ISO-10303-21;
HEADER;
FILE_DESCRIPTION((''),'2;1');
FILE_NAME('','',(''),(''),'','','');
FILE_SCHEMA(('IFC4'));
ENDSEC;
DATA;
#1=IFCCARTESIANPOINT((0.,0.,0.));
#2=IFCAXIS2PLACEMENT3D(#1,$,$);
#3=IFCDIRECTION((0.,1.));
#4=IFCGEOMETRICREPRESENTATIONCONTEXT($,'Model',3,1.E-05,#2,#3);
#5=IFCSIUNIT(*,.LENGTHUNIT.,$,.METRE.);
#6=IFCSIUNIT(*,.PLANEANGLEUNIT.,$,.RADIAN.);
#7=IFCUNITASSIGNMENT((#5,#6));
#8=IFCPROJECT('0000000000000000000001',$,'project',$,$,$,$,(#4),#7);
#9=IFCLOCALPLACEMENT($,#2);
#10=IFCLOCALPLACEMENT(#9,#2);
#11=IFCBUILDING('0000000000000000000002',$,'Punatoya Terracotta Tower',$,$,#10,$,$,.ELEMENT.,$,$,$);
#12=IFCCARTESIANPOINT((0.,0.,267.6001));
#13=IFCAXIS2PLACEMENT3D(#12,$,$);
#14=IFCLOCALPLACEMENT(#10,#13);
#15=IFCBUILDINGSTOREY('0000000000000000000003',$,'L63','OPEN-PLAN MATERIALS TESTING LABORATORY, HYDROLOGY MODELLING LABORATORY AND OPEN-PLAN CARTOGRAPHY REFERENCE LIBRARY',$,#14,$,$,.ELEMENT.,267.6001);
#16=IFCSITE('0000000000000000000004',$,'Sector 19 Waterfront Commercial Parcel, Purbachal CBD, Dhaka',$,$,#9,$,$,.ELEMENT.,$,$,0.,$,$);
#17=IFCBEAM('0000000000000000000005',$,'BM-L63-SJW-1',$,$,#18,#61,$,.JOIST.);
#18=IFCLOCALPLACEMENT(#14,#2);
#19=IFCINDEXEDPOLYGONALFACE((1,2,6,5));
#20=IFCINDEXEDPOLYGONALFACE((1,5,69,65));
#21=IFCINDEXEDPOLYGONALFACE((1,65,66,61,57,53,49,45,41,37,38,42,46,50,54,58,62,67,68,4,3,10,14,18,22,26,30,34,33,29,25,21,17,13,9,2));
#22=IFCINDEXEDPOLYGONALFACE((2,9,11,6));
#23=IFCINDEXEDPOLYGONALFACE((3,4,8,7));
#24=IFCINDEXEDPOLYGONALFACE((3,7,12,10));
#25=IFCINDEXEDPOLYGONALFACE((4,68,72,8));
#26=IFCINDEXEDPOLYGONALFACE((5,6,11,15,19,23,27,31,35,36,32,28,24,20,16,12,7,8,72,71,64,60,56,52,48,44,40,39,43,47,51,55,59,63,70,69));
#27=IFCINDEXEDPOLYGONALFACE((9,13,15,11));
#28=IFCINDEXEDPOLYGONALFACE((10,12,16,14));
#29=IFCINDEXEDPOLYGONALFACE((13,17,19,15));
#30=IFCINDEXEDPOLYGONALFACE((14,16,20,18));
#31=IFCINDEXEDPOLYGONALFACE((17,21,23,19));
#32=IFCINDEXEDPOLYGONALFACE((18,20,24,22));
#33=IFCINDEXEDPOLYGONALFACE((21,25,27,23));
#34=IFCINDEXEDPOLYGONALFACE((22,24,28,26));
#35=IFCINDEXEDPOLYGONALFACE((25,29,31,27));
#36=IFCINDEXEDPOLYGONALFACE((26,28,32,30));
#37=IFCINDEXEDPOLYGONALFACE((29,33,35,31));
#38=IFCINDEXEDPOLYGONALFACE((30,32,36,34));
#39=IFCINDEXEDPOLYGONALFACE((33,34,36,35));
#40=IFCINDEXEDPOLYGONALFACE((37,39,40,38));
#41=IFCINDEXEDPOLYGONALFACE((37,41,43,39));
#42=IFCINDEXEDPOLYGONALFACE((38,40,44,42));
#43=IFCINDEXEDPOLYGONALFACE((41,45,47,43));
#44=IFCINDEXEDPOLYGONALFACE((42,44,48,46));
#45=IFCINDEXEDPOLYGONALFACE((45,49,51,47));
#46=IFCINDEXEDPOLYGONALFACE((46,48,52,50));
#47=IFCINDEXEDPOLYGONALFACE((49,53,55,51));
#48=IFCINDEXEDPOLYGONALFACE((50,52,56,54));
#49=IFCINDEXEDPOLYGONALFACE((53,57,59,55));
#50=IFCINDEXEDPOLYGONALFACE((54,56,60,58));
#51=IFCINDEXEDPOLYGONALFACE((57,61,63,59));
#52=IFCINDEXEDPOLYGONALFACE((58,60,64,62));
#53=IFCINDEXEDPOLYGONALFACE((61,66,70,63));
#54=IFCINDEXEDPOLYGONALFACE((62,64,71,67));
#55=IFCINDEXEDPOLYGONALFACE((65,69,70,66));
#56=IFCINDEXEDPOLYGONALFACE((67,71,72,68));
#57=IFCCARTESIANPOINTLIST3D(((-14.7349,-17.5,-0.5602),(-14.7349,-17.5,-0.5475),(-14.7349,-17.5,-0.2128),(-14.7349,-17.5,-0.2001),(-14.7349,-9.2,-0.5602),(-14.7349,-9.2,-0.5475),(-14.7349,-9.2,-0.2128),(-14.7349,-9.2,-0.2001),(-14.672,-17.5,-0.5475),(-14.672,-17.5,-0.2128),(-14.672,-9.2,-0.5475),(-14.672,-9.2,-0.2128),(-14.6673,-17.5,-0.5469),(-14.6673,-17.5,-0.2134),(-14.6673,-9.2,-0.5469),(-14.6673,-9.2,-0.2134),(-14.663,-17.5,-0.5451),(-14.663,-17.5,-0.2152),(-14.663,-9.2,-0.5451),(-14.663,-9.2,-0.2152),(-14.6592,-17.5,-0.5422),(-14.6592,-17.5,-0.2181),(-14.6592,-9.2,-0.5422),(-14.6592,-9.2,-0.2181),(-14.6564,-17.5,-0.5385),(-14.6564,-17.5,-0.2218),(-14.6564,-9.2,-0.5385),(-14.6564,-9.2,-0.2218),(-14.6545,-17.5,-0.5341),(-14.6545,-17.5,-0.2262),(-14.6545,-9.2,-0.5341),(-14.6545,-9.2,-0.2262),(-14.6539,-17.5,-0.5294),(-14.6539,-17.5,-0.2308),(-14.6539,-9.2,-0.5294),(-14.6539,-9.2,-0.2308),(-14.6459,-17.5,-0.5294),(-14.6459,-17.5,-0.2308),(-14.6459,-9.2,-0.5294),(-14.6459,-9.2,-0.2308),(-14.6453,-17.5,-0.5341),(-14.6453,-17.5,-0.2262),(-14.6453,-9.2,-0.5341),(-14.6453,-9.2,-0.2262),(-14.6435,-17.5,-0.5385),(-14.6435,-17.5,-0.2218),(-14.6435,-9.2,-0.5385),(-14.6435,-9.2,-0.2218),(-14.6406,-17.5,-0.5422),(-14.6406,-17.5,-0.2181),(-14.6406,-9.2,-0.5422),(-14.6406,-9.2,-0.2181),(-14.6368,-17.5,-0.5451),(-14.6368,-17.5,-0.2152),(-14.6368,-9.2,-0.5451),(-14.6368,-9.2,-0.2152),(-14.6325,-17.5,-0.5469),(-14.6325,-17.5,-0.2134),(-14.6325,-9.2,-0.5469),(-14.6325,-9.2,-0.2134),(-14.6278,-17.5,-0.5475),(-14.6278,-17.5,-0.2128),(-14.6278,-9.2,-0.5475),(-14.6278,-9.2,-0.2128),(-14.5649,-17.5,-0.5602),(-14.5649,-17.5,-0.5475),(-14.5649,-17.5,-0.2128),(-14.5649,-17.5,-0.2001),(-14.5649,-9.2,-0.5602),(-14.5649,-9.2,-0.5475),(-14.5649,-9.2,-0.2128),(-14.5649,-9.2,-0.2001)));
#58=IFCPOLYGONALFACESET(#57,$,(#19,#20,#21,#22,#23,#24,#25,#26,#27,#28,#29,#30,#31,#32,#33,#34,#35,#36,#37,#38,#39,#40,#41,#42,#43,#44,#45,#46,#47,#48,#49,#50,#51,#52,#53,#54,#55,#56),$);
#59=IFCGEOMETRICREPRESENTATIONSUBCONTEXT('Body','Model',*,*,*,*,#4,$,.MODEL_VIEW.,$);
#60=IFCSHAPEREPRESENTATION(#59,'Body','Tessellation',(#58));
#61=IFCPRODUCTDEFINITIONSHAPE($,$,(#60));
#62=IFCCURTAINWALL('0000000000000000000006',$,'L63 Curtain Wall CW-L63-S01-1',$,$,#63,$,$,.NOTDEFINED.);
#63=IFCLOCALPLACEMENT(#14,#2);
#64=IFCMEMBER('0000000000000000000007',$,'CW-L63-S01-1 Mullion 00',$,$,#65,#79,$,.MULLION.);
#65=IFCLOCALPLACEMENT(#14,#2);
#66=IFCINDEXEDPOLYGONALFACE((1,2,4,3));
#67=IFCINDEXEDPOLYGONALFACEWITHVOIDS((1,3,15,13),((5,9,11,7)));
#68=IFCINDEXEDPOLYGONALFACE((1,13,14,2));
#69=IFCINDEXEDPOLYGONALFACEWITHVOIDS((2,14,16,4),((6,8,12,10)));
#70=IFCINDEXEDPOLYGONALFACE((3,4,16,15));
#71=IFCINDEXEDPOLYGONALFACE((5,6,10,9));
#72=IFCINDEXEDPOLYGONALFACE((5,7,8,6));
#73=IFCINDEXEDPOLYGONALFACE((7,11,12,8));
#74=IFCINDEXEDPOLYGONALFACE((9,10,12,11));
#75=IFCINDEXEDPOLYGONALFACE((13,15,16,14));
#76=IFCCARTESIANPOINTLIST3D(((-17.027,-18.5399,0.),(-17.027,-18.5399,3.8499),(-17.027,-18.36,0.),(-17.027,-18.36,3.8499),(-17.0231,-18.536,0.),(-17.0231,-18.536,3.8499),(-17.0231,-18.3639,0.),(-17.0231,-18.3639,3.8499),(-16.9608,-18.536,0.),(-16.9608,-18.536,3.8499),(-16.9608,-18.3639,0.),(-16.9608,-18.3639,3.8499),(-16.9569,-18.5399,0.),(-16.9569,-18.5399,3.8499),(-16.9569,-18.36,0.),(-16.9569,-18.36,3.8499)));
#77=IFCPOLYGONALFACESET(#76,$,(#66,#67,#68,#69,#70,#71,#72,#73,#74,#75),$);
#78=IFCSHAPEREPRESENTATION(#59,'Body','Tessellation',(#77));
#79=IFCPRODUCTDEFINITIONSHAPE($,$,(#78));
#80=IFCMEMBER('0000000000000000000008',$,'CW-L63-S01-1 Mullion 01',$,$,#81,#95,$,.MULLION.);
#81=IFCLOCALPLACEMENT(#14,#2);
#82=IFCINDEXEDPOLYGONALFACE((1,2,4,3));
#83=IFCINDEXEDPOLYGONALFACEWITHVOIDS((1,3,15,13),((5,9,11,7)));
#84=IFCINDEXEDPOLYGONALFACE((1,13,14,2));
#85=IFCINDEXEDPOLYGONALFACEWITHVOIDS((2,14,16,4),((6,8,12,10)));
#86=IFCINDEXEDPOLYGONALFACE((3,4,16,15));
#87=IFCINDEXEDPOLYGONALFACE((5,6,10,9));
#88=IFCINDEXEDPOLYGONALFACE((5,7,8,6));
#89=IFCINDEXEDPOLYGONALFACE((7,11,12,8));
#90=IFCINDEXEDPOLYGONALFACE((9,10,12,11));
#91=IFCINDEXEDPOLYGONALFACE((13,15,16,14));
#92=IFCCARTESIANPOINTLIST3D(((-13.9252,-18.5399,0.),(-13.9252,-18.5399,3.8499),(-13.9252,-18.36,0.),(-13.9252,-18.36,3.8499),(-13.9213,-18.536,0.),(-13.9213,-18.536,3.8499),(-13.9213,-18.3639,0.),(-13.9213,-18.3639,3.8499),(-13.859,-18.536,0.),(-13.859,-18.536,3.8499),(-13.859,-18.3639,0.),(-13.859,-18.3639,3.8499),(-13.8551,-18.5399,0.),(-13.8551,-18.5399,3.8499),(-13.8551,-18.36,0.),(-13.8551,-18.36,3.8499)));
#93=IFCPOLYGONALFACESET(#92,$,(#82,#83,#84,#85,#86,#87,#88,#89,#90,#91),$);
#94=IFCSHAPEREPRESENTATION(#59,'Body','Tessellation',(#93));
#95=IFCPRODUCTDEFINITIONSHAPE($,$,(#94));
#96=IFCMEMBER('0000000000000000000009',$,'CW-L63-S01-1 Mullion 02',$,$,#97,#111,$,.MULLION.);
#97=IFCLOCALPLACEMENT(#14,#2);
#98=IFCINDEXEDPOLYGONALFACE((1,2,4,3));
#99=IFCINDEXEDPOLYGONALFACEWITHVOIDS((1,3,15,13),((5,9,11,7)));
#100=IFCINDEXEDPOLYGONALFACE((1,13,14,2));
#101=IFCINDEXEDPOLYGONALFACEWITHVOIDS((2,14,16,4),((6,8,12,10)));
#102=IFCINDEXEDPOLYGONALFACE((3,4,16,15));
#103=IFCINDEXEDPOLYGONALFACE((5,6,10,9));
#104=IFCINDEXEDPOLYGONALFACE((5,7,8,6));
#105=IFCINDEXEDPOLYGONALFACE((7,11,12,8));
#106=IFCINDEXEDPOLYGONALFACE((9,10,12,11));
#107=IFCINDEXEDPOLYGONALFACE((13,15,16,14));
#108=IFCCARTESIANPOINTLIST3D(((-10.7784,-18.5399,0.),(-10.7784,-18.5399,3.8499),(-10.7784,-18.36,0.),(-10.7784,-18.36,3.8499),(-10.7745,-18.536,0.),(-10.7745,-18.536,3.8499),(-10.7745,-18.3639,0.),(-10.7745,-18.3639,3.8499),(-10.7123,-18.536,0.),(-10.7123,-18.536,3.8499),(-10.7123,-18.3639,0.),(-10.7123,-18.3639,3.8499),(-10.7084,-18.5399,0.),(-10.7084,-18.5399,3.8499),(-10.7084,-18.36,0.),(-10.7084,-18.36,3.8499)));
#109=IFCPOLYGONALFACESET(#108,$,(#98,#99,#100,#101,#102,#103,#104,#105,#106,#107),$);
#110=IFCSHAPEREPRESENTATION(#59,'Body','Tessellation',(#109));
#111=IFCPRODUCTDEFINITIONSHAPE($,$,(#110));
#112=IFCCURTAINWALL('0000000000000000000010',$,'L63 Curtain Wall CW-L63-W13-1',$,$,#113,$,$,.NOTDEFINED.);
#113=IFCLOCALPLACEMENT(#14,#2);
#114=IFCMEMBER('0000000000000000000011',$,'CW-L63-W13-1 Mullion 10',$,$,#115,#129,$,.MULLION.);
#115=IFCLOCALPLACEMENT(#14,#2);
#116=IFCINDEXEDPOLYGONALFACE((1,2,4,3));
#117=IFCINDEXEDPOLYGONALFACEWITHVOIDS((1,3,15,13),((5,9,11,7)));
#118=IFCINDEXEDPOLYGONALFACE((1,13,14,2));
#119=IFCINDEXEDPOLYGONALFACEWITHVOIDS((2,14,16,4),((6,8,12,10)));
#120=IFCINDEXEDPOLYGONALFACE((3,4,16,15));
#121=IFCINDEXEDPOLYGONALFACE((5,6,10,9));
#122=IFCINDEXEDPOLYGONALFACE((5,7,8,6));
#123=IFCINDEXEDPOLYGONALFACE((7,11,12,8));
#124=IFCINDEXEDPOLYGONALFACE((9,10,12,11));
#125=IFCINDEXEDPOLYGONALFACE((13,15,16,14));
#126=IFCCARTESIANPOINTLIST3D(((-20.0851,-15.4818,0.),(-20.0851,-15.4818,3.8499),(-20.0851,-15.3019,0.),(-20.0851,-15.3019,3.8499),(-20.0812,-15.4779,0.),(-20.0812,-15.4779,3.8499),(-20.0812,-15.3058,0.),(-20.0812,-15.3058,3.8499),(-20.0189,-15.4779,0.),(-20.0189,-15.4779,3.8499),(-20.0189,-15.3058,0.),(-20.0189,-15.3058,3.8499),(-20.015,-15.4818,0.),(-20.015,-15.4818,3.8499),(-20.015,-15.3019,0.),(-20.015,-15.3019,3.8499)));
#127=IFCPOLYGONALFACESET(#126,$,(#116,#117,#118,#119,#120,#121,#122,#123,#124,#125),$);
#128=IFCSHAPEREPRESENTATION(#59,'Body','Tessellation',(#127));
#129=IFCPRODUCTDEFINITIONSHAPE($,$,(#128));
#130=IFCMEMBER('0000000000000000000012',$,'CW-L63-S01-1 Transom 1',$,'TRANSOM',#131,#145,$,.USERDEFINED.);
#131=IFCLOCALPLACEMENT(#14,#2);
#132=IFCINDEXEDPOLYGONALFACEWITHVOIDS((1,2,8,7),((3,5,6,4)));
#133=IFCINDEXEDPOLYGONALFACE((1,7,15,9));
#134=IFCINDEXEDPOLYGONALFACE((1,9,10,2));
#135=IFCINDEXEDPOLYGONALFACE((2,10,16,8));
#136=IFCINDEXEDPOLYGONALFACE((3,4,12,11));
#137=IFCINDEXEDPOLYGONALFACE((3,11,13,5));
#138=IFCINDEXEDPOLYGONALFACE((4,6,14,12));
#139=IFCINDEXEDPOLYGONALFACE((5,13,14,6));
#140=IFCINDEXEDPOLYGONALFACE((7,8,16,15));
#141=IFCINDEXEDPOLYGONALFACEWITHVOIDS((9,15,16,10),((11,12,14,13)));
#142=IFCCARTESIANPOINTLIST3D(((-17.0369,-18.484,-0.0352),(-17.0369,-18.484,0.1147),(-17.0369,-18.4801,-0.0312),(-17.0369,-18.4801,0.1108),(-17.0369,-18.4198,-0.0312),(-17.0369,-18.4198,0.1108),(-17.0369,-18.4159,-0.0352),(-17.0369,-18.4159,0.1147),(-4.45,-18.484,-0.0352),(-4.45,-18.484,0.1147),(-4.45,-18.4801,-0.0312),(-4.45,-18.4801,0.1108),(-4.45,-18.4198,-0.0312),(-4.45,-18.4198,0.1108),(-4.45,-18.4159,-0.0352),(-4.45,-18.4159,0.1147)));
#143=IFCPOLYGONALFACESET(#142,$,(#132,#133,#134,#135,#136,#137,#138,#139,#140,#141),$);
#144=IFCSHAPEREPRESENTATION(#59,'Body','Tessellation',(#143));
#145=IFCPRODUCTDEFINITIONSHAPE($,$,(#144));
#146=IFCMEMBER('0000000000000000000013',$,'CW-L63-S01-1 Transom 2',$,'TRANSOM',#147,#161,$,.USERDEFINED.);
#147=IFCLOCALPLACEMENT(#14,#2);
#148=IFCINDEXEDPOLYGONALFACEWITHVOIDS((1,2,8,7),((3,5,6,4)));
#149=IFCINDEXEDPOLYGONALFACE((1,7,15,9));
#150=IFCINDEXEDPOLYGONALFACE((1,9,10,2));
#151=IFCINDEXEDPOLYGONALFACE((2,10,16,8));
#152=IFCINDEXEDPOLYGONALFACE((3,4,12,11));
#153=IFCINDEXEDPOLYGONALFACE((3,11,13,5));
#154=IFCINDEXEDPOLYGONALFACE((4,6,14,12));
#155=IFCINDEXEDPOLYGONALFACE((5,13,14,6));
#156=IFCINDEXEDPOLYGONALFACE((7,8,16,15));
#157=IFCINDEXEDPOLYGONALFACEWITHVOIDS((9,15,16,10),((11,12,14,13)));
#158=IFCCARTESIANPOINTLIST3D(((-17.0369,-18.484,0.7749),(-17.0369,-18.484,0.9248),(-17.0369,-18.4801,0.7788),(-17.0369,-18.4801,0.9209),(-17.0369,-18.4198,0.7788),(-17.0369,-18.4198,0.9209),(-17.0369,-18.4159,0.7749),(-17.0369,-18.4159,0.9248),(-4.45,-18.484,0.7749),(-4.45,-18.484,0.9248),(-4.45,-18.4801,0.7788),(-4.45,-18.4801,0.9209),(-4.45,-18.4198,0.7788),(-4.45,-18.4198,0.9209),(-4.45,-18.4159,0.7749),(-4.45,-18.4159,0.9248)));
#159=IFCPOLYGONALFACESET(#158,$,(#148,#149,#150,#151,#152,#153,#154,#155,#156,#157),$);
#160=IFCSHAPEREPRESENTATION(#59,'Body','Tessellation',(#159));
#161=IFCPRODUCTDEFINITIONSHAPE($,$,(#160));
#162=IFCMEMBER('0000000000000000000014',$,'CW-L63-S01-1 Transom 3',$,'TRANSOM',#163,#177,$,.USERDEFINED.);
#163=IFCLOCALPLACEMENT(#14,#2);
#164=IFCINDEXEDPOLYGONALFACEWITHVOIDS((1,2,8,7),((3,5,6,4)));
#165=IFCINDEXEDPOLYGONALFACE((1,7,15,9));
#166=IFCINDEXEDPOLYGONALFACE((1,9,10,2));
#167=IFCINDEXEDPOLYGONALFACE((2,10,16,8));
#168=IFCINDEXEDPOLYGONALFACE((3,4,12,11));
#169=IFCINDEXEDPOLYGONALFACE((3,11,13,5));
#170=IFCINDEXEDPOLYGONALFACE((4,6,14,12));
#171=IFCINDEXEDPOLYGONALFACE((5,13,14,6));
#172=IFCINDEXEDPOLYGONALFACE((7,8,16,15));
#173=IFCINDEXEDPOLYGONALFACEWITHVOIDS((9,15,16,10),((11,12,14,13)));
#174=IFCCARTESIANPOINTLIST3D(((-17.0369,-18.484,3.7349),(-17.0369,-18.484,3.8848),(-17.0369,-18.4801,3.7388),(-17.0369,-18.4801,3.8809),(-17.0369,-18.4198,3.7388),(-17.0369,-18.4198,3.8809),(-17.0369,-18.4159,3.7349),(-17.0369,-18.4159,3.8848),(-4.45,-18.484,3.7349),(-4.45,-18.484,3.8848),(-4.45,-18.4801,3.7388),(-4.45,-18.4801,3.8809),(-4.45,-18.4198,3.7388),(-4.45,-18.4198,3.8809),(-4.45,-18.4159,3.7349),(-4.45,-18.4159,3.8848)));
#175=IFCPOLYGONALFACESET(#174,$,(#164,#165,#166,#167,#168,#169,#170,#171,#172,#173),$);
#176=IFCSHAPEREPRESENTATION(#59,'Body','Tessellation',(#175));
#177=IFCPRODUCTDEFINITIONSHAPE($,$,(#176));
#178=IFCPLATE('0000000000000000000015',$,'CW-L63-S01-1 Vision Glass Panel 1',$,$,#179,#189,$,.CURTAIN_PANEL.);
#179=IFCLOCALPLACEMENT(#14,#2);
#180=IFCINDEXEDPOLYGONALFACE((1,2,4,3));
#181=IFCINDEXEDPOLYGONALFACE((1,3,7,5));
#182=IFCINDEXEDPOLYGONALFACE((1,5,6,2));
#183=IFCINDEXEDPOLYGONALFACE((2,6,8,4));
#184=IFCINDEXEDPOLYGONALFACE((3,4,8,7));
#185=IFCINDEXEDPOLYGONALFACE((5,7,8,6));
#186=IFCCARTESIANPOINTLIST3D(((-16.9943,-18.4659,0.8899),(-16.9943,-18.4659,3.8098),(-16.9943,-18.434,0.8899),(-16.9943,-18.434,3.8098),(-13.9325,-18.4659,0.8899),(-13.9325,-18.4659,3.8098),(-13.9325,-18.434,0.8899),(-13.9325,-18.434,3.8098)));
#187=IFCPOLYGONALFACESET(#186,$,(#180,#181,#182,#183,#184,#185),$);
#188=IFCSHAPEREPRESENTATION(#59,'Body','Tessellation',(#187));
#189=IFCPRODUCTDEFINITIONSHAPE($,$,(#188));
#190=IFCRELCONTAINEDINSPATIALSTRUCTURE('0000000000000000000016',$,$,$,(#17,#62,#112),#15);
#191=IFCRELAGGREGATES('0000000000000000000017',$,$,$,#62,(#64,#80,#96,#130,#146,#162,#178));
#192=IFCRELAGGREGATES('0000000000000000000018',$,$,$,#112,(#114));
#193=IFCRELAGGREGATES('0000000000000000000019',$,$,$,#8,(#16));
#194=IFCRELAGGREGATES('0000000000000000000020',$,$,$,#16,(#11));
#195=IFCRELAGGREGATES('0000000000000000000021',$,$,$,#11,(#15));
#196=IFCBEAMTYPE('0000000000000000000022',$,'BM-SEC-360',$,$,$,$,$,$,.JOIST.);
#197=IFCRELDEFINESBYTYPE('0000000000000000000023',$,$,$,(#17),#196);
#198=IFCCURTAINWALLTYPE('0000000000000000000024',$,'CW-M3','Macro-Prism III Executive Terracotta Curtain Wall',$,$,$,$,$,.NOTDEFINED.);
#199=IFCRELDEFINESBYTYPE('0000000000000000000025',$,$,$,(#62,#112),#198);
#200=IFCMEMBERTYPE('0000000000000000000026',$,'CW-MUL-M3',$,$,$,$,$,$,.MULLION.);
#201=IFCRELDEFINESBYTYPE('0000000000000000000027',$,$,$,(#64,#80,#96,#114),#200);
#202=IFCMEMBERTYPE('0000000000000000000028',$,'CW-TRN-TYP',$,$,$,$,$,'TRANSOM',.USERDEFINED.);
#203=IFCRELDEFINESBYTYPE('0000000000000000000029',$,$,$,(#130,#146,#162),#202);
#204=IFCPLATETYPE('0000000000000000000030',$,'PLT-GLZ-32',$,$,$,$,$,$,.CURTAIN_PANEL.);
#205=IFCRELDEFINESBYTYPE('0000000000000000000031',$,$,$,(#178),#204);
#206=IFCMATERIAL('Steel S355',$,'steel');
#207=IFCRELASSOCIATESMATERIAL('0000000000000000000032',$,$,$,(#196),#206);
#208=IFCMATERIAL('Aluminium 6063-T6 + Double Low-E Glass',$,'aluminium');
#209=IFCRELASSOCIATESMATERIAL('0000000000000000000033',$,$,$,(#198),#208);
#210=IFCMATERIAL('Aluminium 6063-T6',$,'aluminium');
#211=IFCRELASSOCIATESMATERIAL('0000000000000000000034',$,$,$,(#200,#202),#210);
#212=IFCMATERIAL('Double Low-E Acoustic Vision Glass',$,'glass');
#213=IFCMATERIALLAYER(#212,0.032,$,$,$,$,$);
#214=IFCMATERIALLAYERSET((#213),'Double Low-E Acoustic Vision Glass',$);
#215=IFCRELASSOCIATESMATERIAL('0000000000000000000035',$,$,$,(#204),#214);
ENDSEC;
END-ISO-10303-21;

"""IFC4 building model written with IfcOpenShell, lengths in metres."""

from ifc_helpers import new_model, si_unit, direction, frame, origin, origin_2d, place, context, subcontext, project, spatial, rectangle, hollow_rectangle, i_section, extrude, material, layer, layer_set, material_profile, profile_set, type_object, element, aggregate, save


model = new_model("IFC4")

# Units and contexts
model_context = context("Model", 3, precision=1e-05, world=origin(), true_north=direction((0.0, 1.0)))
body_context = subcontext(model_context, "Body", "Model", "MODEL_VIEW")
ifc_project = project(units=[si_unit("LENGTHUNIT", "METRE"), si_unit("PLANEANGLEUNIT", "RADIAN")], contexts=[model_context])

# Site, building, storey
site_placement = place(None, origin())
site = spatial("IfcSite", under=ifc_project, at=site_placement, Name="Sector 19 Waterfront Commercial Parcel, Purbachal CBD, Dhaka", CompositionType="ELEMENT", RefElevation=0.0)
building_placement = place(site_placement, origin())
building = spatial("IfcBuilding", under=site, at=building_placement, Name="Punatoya Terracotta Tower", CompositionType="ELEMENT")
storey_placement = place(building_placement, frame((0.0, 0.0, 267.6001)))
storey = spatial("IfcBuildingStorey", under=building, at=storey_placement, Name="L63", Description="OPEN-PLAN MATERIALS TESTING LABORATORY, HYDROLOGY MODELLING LABORATORY AND OPEN-PLAN CARTOGRAPHY REFERENCE LIBRARY", CompositionType="ELEMENT", Elevation=267.6001)

# Beam
ifc_material_1 = material(Name="Steel S355", Category="steel")
ifc_material_profile_1 = material_profile(ifc_material_1, i_section(OverallWidth=0.1699, OverallDepth=0.3601, WebThickness=0.0081, FlangeThickness=0.0127, FilletRadius=0.0181, at=origin_2d()))
ifc_profile_set_1 = profile_set([ifc_material_profile_1], Name="Steel S355")
beam_type_1 = type_object("IfcBeamType", Name="BM-SEC-360", PredefinedType="JOIST", material=ifc_profile_set_1)
beam_1_placement = place(storey_placement, frame((-14.6499, -17.5, -0.3801), z_axis=(0.0, 1.0, 0.0), x_axis=(-1.0, 0.0, 0.0)))
element("IfcBeam", 1, at=beam_1_placement, inside=storey, type_object=beam_type_1, Name="BM-L63-SJW-1", PredefinedType="JOIST", context=body_context, shape_type="SweptSolid", body=[
    extrude(i_section(OverallWidth=0.1699, OverallDepth=0.3601, WebThickness=0.0081, FlangeThickness=0.0127, FilletRadius=0.0181, at=origin_2d()), origin(), (0.0, 0.0, 1.0), 8.3),
])

# Curtain wall, members
ifc_material_2 = material(Name="Aluminium 6063-T6 + Double Low-E Glass", Category="aluminium")
curtain_wall_type = type_object("IfcCurtainWallType", Name="CW-M3", Description="Macro-Prism III Executive Terracotta Curtain Wall", PredefinedType="NOTDEFINED", material=ifc_material_2)
curtain_wall_1_placement = place(storey_placement, origin())
curtain_wall_1 = element("IfcCurtainWall", 2, at=curtain_wall_1_placement, inside=storey, type_object=curtain_wall_type, Name="L63 Curtain Wall CW-L63-S01-1", PredefinedType="NOTDEFINED")
ifc_material_3 = material(Name="Aluminium 6063-T6", Category="aluminium")
ifc_material_profile_2 = material_profile(ifc_material_3, hollow_rectangle(XDim=0.0701, YDim=0.1799, WallThickness=0.0039, at=origin_2d()))
ifc_profile_set_2 = profile_set([ifc_material_profile_2], Name="Aluminium 6063-T6")
member_type_1 = type_object("IfcMemberType", Name="CW-MUL-M3", PredefinedType="MULLION", material=ifc_profile_set_2)
member_1_placement = place(storey_placement, frame((-16.9919, -18.45, 0.0), z_axis=(0.0, 0.0, 1.0), x_axis=(1.0, 0.0, 0.0)))
member_1 = element("IfcMember", 3, at=member_1_placement, type_object=member_type_1, Name="CW-L63-S01-1 Mullion 00", PredefinedType="MULLION", context=body_context, shape_type="SweptSolid", body=[
    extrude(hollow_rectangle(XDim=0.0701, YDim=0.1799, WallThickness=0.0039, at=origin_2d()), origin(), (0.0, 0.0, 1.0), 3.8499),
])
member_2_placement = place(storey_placement, frame((-13.8901, -18.45, 0.0), z_axis=(0.0, 0.0, 1.0), x_axis=(1.0, 0.0, 0.0)))
member_2 = element("IfcMember", 4, at=member_2_placement, type_object=member_type_1, Name="CW-L63-S01-1 Mullion 01", PredefinedType="MULLION", context=body_context, shape_type="SweptSolid", body=[
    extrude(hollow_rectangle(XDim=0.0701, YDim=0.1799, WallThickness=0.0039, at=origin_2d()), origin(), (0.0, 0.0, 1.0), 3.8499),
])
member_3_placement = place(storey_placement, frame((-10.7434, -18.45, 0.0), z_axis=(0.0, 0.0, 1.0), x_axis=(1.0, 0.0, 0.0)))
member_3 = element("IfcMember", 5, at=member_3_placement, type_object=member_type_1, Name="CW-L63-S01-1 Mullion 02", PredefinedType="MULLION", context=body_context, shape_type="SweptSolid", body=[
    extrude(hollow_rectangle(XDim=0.0701, YDim=0.1799, WallThickness=0.0039, at=origin_2d()), origin(), (0.0, 0.0, 1.0), 3.8499),
])

# Curtain wall, member
curtain_wall_2_placement = place(storey_placement, origin())
curtain_wall_2 = element("IfcCurtainWall", 6, at=curtain_wall_2_placement, inside=storey, type_object=curtain_wall_type, Name="L63 Curtain Wall CW-L63-W13-1", PredefinedType="NOTDEFINED")
member_4_placement = place(storey_placement, frame((-20.05, -15.3918, 0.0), z_axis=(0.0, 0.0, 1.0), x_axis=(1.0, 0.0, 0.0)))
member_4 = element("IfcMember", 7, at=member_4_placement, type_object=member_type_1, Name="CW-L63-W13-1 Mullion 10", PredefinedType="MULLION", context=body_context, shape_type="SweptSolid", body=[
    extrude(hollow_rectangle(XDim=0.0701, YDim=0.1799, WallThickness=0.0039, at=origin_2d()), origin(), (0.0, 0.0, 1.0), 3.8499),
])

# Members
ifc_material_profile_3 = material_profile(ifc_material_3, hollow_rectangle(XDim=0.0681, YDim=0.1499, WallThickness=0.0039, at=origin_2d()))
ifc_profile_set_3 = profile_set([ifc_material_profile_3], Name="Aluminium 6063-T6")
member_type_2 = type_object("IfcMemberType", Name="CW-TRN-TYP", ElementType="TRANSOM", PredefinedType="USERDEFINED", material=ifc_profile_set_3)
member_5_placement = place(storey_placement, frame((-17.0369, -18.45, 0.0398), z_axis=(1.0, 0.0, 0.0), x_axis=(0.0, 1.0, 0.0)))
member_5 = element("IfcMember", 8, at=member_5_placement, type_object=member_type_2, Name="CW-L63-S01-1 Transom 1", ObjectType="TRANSOM", PredefinedType="USERDEFINED", context=body_context, shape_type="SweptSolid", body=[
    extrude(hollow_rectangle(XDim=0.0681, YDim=0.1499, WallThickness=0.0039, at=origin_2d()), origin(), (0.0, 0.0, 1.0), 12.5869),
])
member_6_placement = place(storey_placement, frame((-17.0369, -18.45, 0.8499), z_axis=(1.0, 0.0, 0.0), x_axis=(0.0, 1.0, 0.0)))
member_6 = element("IfcMember", 9, at=member_6_placement, type_object=member_type_2, Name="CW-L63-S01-1 Transom 2", ObjectType="TRANSOM", PredefinedType="USERDEFINED", context=body_context, shape_type="SweptSolid", body=[
    extrude(hollow_rectangle(XDim=0.0681, YDim=0.1499, WallThickness=0.0039, at=origin_2d()), origin(), (0.0, 0.0, 1.0), 12.5869),
])
member_7_placement = place(storey_placement, frame((-17.0369, -18.45, 3.8098), z_axis=(1.0, 0.0, 0.0), x_axis=(0.0, 1.0, 0.0)))
member_7 = element("IfcMember", 10, at=member_7_placement, type_object=member_type_2, Name="CW-L63-S01-1 Transom 3", ObjectType="TRANSOM", PredefinedType="USERDEFINED", context=body_context, shape_type="SweptSolid", body=[
    extrude(hollow_rectangle(XDim=0.0681, YDim=0.1499, WallThickness=0.0039, at=origin_2d()), origin(), (0.0, 0.0, 1.0), 12.5869),
])

# Plate
ifc_material_4 = material(Name="Double Low-E Acoustic Vision Glass", Category="glass")
ifc_layer_1 = layer(ifc_material_4, 0.032)
ifc_layer_set_1 = layer_set([ifc_layer_1], Name="Double Low-E Acoustic Vision Glass")
plate_type_1 = type_object("IfcPlateType", Name="PLT-GLZ-32", PredefinedType="CURTAIN_PANEL", material=ifc_layer_set_1)
plate_1_placement = place(storey_placement, frame((-15.4634, -18.45, 0.8899), z_axis=(0.0, 0.0, 1.0), x_axis=(1.0, 0.0, 0.0)))
plate_1 = element("IfcPlate", 11, at=plate_1_placement, type_object=plate_type_1, Name="CW-L63-S01-1 Vision Glass Panel 1", PredefinedType="CURTAIN_PANEL", context=body_context, shape_type="SweptSolid", body=[
    extrude(rectangle(XDim=3.0618, YDim=0.032, at=origin_2d()), origin(), (0.0, 0.0, 1.0), 2.9199),
])
aggregate(curtain_wall_1, [member_1, member_2, member_3, member_5, member_6, member_7, plate_1])
aggregate(curtain_wall_2, [member_4])

save(model, "model.ifc")
